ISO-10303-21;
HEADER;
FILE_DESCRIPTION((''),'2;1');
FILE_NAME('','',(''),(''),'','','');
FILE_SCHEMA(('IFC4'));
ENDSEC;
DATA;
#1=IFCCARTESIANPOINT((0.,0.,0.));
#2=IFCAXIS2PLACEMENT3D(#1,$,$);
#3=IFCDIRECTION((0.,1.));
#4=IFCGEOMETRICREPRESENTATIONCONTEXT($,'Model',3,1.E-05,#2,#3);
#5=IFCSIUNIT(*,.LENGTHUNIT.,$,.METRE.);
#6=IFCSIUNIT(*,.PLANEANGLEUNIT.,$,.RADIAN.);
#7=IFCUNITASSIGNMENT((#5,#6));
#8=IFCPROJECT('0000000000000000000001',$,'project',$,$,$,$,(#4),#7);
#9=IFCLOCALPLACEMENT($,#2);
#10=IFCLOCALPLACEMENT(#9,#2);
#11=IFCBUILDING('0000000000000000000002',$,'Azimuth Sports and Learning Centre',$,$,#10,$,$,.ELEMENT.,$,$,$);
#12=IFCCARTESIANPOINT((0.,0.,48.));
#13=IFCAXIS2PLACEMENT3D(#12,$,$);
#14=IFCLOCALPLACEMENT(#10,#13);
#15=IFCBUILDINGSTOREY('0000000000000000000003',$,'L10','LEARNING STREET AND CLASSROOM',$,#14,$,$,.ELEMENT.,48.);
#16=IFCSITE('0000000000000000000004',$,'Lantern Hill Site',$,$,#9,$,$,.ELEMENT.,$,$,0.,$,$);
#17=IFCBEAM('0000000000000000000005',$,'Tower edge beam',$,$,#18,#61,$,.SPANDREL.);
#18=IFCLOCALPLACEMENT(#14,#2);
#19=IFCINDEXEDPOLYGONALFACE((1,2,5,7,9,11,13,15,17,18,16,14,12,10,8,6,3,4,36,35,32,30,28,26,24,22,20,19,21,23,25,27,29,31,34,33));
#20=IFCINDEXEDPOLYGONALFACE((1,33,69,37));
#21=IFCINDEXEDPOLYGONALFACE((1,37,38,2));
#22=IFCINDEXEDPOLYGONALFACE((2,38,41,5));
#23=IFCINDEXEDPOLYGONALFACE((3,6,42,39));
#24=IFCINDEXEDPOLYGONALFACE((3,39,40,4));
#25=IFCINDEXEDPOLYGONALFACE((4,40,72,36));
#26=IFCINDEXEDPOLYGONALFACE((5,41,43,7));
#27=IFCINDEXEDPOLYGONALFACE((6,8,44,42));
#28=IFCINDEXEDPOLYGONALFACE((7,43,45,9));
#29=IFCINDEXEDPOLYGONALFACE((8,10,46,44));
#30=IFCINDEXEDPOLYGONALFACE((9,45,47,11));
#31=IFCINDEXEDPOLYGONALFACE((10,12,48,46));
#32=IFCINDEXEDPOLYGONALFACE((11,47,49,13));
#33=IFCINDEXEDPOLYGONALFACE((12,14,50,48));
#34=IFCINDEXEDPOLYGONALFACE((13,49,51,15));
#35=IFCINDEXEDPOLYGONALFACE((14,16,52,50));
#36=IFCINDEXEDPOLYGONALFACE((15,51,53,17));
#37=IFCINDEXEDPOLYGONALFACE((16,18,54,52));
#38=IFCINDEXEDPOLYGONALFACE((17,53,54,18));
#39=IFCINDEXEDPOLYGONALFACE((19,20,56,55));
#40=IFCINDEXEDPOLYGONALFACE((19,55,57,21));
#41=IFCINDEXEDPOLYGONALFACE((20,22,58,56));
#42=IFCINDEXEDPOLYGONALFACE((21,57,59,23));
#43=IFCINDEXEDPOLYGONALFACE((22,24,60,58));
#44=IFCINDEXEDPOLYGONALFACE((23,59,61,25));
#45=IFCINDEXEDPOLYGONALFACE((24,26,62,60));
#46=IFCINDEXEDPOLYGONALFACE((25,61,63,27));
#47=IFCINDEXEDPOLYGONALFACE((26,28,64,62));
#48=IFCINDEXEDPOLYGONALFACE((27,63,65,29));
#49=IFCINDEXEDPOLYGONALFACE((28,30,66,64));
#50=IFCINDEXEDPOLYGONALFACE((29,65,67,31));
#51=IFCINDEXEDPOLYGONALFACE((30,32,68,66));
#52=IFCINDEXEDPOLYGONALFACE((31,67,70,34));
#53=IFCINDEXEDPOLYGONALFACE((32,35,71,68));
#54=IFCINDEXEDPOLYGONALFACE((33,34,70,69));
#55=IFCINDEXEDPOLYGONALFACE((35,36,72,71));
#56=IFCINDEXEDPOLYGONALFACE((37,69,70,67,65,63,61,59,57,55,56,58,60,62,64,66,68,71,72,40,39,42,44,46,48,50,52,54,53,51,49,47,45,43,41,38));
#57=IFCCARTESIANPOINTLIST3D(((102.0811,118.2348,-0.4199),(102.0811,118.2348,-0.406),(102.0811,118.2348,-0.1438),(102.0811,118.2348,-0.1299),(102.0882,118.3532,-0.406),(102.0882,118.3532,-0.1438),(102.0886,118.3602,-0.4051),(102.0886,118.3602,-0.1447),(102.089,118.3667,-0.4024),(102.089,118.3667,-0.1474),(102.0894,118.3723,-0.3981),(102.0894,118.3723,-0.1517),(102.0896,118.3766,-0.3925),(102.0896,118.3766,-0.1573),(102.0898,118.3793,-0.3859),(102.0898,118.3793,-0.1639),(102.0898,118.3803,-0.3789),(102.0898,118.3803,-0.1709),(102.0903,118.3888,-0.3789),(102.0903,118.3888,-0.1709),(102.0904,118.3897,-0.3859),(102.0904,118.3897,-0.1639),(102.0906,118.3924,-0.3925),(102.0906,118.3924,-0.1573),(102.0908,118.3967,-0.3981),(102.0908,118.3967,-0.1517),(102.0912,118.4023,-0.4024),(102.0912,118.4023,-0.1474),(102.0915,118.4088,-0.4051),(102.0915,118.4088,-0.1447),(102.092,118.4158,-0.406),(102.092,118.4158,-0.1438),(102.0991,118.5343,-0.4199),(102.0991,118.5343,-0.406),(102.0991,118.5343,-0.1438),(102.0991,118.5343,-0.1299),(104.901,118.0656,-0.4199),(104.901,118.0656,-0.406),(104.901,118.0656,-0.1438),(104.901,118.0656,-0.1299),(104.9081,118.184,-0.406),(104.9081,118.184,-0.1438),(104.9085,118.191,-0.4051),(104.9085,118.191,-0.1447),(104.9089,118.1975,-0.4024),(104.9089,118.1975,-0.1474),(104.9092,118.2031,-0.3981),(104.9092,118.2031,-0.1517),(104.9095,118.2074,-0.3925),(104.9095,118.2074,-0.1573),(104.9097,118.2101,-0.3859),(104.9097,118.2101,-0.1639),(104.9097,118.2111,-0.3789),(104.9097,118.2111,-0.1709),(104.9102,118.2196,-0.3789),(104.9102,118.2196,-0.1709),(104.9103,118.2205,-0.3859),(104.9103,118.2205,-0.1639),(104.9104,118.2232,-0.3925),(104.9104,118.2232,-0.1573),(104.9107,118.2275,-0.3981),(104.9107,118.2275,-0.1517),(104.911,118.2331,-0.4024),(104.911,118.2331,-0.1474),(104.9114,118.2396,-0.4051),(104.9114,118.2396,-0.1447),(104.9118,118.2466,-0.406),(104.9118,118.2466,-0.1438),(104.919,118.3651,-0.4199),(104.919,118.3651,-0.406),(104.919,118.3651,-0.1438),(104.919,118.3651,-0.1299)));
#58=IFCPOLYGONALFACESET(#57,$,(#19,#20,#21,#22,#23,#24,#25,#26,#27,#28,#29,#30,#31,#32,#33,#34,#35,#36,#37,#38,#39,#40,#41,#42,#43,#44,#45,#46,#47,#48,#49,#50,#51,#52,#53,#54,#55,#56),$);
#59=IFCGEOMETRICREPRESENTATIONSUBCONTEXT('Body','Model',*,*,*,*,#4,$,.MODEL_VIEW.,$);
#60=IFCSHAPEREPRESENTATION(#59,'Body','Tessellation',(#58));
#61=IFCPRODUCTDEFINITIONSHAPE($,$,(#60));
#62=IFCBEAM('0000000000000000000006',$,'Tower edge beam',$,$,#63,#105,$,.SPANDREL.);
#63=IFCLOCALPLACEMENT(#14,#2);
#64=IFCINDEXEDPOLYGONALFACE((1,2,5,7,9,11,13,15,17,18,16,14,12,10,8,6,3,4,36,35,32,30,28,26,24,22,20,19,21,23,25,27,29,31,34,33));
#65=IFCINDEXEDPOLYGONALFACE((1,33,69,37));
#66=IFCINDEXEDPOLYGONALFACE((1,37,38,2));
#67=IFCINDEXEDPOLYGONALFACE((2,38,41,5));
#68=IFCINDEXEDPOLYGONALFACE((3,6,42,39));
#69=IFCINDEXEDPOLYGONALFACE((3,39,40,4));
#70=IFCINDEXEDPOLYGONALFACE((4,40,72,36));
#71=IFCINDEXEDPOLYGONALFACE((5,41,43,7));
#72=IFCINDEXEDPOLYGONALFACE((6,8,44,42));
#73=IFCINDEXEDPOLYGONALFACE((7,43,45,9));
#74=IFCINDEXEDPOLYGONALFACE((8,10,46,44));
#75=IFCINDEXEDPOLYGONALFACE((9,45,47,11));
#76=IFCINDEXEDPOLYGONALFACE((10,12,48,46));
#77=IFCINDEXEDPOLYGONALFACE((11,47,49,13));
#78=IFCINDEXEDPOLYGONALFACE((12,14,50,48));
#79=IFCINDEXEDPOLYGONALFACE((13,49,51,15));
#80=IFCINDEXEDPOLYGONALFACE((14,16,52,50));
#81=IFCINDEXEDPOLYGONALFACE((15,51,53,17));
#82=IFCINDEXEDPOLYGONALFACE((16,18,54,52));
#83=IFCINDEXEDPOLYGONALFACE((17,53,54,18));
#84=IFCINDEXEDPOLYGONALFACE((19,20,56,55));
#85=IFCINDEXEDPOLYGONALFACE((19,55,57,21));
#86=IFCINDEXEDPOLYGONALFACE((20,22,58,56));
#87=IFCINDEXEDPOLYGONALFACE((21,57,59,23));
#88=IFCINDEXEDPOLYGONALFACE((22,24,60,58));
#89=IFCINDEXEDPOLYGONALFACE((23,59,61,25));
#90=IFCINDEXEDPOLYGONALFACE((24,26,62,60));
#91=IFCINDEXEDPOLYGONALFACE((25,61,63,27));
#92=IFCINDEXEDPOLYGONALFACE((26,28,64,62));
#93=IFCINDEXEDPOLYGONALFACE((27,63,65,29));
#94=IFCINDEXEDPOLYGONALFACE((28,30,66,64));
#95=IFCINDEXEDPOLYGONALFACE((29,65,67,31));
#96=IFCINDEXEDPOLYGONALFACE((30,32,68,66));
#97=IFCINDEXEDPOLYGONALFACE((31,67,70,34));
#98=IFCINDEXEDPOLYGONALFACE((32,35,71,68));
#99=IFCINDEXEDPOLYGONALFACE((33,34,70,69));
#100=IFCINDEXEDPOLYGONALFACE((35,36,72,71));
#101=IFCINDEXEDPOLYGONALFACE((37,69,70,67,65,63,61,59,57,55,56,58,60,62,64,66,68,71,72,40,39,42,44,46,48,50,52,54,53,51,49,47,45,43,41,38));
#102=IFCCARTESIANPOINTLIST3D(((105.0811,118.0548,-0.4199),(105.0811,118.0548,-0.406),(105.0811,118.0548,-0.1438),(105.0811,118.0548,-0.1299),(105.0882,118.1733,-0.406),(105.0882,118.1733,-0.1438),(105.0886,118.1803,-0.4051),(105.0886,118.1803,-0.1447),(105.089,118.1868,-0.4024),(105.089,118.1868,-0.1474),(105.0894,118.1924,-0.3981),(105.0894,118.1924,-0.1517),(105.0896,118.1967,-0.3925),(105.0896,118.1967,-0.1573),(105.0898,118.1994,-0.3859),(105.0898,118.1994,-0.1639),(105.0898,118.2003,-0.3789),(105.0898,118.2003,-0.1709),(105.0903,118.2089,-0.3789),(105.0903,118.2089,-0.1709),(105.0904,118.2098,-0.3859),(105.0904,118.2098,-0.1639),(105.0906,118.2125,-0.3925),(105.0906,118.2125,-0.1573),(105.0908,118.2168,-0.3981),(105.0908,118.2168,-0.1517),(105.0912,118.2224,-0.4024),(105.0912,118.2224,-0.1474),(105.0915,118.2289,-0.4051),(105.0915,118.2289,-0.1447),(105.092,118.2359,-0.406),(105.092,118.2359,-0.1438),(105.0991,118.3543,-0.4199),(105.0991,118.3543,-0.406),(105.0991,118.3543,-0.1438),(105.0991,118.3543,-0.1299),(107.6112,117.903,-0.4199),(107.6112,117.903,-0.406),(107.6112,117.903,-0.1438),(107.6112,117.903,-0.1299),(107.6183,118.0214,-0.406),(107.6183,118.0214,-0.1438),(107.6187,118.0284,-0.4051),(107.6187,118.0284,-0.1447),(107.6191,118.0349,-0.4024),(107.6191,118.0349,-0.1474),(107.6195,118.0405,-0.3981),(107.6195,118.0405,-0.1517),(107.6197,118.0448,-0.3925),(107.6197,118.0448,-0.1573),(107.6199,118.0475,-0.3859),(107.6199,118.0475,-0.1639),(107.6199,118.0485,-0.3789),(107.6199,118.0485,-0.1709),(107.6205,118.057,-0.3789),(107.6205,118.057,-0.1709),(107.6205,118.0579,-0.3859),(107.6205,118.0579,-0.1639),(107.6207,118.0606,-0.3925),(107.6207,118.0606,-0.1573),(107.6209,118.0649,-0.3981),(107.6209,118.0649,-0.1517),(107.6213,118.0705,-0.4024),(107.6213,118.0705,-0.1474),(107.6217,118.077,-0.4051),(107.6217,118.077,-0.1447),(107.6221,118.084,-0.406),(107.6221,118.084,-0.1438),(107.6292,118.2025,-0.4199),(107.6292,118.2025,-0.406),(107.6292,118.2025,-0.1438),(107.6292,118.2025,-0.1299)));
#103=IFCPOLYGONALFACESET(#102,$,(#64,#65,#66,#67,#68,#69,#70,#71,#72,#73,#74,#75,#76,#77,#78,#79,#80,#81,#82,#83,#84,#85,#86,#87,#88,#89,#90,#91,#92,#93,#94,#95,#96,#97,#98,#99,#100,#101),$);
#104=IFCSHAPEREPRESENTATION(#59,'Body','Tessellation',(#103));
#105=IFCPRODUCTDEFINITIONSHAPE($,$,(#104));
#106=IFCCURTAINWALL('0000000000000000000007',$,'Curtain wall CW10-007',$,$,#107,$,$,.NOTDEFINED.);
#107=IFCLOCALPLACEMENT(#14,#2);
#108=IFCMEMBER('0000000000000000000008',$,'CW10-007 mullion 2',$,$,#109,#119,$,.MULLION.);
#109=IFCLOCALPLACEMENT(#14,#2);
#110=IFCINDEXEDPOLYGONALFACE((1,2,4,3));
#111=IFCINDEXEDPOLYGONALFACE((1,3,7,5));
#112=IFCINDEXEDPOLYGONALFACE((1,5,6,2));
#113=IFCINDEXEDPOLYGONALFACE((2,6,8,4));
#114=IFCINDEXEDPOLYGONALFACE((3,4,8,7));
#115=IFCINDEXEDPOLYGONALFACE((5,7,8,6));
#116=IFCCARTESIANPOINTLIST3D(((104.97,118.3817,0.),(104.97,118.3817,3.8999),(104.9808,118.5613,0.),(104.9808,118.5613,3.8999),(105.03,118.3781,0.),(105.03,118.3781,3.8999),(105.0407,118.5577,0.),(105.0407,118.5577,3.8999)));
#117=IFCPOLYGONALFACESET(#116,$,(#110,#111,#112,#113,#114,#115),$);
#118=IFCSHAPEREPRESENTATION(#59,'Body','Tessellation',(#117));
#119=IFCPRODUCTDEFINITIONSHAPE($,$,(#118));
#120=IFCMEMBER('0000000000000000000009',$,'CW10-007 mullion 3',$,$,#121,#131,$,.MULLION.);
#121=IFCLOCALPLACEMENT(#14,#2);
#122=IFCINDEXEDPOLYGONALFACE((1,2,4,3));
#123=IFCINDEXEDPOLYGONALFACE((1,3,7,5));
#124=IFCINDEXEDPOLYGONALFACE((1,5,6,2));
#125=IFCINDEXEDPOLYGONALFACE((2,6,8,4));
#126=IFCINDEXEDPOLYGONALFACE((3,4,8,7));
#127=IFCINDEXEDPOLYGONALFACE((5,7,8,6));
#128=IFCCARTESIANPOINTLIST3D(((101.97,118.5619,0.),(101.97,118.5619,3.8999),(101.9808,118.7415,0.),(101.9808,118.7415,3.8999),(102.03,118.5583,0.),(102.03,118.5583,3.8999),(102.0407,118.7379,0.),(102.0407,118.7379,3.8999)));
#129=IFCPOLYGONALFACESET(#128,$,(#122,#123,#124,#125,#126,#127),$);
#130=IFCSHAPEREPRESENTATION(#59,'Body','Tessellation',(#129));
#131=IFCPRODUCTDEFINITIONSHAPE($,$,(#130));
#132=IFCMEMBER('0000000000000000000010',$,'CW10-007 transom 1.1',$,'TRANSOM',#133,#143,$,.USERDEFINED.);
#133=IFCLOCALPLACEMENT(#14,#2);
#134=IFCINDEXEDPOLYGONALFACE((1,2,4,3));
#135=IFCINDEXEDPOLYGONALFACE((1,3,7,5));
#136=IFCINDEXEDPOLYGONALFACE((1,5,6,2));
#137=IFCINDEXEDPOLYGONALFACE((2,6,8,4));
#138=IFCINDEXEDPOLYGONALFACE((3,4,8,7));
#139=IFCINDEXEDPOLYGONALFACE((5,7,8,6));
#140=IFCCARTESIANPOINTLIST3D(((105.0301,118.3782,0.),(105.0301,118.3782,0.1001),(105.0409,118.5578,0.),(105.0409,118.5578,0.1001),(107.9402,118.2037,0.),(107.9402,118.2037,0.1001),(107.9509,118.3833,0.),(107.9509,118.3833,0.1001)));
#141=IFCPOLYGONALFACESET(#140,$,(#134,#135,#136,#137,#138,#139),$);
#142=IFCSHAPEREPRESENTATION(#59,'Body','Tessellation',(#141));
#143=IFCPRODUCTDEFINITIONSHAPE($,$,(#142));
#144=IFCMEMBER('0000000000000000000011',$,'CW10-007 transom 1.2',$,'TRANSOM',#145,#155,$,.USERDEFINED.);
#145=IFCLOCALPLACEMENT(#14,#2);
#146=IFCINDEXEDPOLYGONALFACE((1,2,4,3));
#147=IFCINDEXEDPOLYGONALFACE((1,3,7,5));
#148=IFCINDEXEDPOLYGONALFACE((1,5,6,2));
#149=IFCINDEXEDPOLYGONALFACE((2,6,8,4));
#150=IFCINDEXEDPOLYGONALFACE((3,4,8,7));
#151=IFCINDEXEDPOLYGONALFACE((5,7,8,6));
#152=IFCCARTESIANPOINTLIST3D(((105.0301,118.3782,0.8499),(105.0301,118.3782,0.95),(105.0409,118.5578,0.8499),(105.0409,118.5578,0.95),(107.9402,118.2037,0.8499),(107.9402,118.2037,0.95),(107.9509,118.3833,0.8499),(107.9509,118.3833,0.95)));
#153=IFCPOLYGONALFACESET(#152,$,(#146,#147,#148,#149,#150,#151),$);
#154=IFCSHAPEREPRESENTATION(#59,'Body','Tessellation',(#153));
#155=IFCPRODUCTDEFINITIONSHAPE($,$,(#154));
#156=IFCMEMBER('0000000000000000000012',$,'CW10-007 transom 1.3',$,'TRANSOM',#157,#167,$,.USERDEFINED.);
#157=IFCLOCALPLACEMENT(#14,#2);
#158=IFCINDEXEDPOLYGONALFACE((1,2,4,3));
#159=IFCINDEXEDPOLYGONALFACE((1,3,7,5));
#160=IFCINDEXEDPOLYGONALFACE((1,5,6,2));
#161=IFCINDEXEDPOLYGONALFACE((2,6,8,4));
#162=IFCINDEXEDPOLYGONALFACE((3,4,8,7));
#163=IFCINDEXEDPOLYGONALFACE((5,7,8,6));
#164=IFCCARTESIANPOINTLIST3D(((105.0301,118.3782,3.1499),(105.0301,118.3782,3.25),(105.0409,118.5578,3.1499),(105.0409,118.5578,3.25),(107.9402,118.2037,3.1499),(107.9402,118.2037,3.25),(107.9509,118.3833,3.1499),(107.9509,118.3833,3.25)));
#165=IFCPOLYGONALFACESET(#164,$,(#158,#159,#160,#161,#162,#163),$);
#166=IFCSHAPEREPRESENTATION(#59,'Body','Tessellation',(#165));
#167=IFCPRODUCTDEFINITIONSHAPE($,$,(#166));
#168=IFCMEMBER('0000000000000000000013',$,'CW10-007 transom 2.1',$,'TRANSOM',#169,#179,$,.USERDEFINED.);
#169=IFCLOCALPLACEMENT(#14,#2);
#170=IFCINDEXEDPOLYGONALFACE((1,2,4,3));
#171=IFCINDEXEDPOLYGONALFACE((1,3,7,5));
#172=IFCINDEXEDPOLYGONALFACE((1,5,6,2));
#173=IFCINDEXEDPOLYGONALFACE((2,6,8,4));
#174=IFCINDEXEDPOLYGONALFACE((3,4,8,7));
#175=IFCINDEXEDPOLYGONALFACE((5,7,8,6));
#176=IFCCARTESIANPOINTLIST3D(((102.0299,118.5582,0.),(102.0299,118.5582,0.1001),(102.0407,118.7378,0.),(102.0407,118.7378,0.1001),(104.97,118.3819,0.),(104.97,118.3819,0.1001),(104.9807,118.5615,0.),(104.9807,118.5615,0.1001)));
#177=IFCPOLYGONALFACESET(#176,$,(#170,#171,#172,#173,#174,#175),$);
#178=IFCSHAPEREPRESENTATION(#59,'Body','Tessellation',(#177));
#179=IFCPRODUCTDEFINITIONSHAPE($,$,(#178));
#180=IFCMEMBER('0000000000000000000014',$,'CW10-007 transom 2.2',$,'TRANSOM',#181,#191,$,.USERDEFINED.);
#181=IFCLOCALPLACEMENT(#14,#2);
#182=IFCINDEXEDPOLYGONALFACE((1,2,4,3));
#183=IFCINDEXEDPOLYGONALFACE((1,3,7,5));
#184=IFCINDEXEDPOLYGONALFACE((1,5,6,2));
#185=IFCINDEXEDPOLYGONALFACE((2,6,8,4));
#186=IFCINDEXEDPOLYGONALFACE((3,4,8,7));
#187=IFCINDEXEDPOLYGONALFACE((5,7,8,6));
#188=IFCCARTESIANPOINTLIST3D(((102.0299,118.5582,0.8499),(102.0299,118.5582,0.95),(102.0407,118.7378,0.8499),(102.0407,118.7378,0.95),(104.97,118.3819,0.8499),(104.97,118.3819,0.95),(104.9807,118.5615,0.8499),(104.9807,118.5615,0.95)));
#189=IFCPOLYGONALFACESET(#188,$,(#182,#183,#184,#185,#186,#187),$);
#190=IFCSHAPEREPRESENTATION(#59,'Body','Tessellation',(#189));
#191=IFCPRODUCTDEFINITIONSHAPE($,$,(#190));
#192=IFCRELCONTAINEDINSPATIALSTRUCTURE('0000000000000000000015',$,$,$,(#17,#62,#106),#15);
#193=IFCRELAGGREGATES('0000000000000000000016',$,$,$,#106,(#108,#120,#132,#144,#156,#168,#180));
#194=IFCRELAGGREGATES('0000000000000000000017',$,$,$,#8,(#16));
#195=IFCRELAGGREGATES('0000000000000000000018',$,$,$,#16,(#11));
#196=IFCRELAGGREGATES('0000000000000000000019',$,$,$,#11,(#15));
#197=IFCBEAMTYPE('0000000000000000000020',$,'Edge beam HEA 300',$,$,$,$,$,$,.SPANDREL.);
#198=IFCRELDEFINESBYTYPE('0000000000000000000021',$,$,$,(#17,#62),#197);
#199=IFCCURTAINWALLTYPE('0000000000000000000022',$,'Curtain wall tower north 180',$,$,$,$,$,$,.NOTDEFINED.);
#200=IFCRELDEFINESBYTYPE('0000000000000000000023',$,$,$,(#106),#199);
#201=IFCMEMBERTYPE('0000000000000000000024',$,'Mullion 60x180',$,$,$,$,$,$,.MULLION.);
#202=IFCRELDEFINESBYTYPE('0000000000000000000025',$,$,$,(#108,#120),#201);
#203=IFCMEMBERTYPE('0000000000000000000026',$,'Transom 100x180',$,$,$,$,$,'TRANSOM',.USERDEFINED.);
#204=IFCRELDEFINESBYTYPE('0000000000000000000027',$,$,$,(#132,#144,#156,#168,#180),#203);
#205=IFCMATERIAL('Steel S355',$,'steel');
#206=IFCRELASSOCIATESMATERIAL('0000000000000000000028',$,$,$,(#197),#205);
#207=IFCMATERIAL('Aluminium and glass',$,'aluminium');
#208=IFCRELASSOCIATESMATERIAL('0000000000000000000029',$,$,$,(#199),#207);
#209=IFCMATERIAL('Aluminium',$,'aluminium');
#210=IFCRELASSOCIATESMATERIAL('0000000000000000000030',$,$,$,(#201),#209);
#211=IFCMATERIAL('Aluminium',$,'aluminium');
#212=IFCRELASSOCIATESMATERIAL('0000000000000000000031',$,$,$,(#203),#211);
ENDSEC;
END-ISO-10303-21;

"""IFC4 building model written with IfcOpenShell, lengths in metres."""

from ifc_helpers import new_model, si_unit, direction, frame, origin, origin_2d, place, context, subcontext, project, spatial, rectangle, i_section, extrude, material, material_profile, profile_set, type_object, element, aggregate, save


model = new_model("IFC4")

# Units and contexts
model_context = context("Model", 3, precision=1e-05, world=origin(), true_north=direction((0.0, 1.0)))
body_context = subcontext(model_context, "Body", "Model", "MODEL_VIEW")
ifc_project = project(units=[si_unit("LENGTHUNIT", "METRE"), si_unit("PLANEANGLEUNIT", "RADIAN")], contexts=[model_context])

# Site, building, storey
site_placement = place(None, origin())
site = spatial("IfcSite", under=ifc_project, at=site_placement, Name="Lantern Hill Site", CompositionType="ELEMENT", RefElevation=0.0)
building_placement = place(site_placement, origin())
building = spatial("IfcBuilding", under=site, at=building_placement, Name="Azimuth Sports and Learning Centre", CompositionType="ELEMENT")
storey_placement = place(building_placement, frame((0.0, 0.0, 48.0)))
storey = spatial("IfcBuildingStorey", under=building, at=storey_placement, Name="L10", Description="LEARNING STREET AND CLASSROOM", CompositionType="ELEMENT", Elevation=48.0)

# Beams
ifc_material_1 = material(Name="Steel S355", Category="steel")
ifc_material_profile_1 = material_profile(ifc_material_1, i_section(OverallWidth=0.3, OverallDepth=0.29, WebThickness=0.0085, FlangeThickness=0.0139, FilletRadius=0.0271, at=origin_2d()), Name="HEA 300")
ifc_profile_set_1 = profile_set([ifc_material_profile_1], Name="Steel S355")
beam_type = type_object("IfcBeamType", Name="Edge beam HEA 300", PredefinedType="SPANDREL", material=ifc_profile_set_1)
beam_1_placement = place(storey_placement, frame((102.0901, 118.3845, -0.2749), z_axis=(0.998205, -0.059892, 0.0), x_axis=(0.059892, 0.998205, 0.0)))
element("IfcBeam", 1, at=beam_1_placement, inside=storey, type_object=beam_type, Name="Tower edge beam", PredefinedType="SPANDREL", context=body_context, shape_type="SweptSolid", body=[
    extrude(i_section(OverallWidth=0.3, OverallDepth=0.29, WebThickness=0.0085, FlangeThickness=0.0139, FilletRadius=0.0271, at=origin_2d()), origin(), (0.0, 0.0, 1.0), 2.825),
])
beam_2_placement = place(storey_placement, frame((105.0901, 118.2046, -0.2749), z_axis=(0.998204, -0.059913, 0.0), x_axis=(0.059913, 0.998204, 0.0)))
element("IfcBeam", 2, at=beam_2_placement, inside=storey, type_object=beam_type, Name="Tower edge beam", PredefinedType="SPANDREL", context=body_context, shape_type="SweptSolid", body=[
    extrude(i_section(OverallWidth=0.3, OverallDepth=0.29, WebThickness=0.0085, FlangeThickness=0.0139, FilletRadius=0.0271, at=origin_2d()), origin(), (0.0, 0.0, 1.0), 2.5347),
])

# Curtain wall, members
ifc_material_2 = material(Name="Aluminium and glass", Category="aluminium")
curtain_wall_type = type_object("IfcCurtainWallType", Name="Curtain wall tower north 180", PredefinedType="NOTDEFINED", material=ifc_material_2)
curtain_wall_placement = place(storey_placement, origin())
curtain_wall = element("IfcCurtainWall", 3, at=curtain_wall_placement, inside=storey, type_object=curtain_wall_type, Name="Curtain wall CW10-007", PredefinedType="NOTDEFINED")
ifc_material_3 = material(Name="Aluminium", Category="aluminium")
ifc_material_profile_2 = material_profile(ifc_material_3, rectangle(XDim=0.1799, YDim=0.0601, at=origin_2d()), Name="Mullion 60x180")
ifc_profile_set_2 = profile_set([ifc_material_profile_2], Name="Aluminium")
member_type_1 = type_object("IfcMemberType", Name="Mullion 60x180", PredefinedType="MULLION", material=ifc_profile_set_2)
member_1_placement = place(storey_placement, frame((105.0054, 118.4697, 0.0), z_axis=(0.0, 0.0, 1.0), x_axis=(-0.059892, -0.998205, 0.0)))
member_1 = element("IfcMember", 4, at=member_1_placement, type_object=member_type_1, Name="CW10-007 mullion 2", PredefinedType="MULLION", context=body_context, shape_type="SweptSolid", body=[
    extrude(rectangle(XDim=0.1799, YDim=0.0601, at=origin_2d()), origin(), (0.0, 0.0, 1.0), 3.8999),
])
member_2_placement = place(storey_placement, frame((102.0054, 118.6499, 0.0), z_axis=(0.0, 0.0, 1.0), x_axis=(-0.059892, -0.998205, 0.0)))
member_2 = element("IfcMember", 5, at=member_2_placement, type_object=member_type_1, Name="CW10-007 mullion 3", PredefinedType="MULLION", context=body_context, shape_type="SweptSolid", body=[
    extrude(rectangle(XDim=0.1799, YDim=0.0601, at=origin_2d()), origin(), (0.0, 0.0, 1.0), 3.8999),
])
ifc_material_4 = material(Name="Aluminium", Category="aluminium")
ifc_material_profile_3 = material_profile(ifc_material_4, rectangle(XDim=0.1799, YDim=0.1001, at=origin_2d()), Name="Transom 100x180")
ifc_profile_set_3 = profile_set([ifc_material_profile_3], Name="Aluminium")
member_type_2 = type_object("IfcMemberType", Name="Transom 100x180", ElementType="TRANSOM", PredefinedType="USERDEFINED", material=ifc_profile_set_3)
member_3_placement = place(storey_placement, frame((107.9456, 118.2935, 0.05), z_axis=(-0.998206, 0.059876, 0.0), x_axis=(-0.059876, -0.998206, 0.0)))
member_3 = element("IfcMember", 6, at=member_3_placement, type_object=member_type_2, Name="CW10-007 transom 1.1", ObjectType="TRANSOM", PredefinedType="USERDEFINED", context=body_context, shape_type="SweptSolid", body=[
    extrude(rectangle(XDim=0.1799, YDim=0.1001, at=origin_2d()), origin(), (0.0, 0.0, 1.0), 2.9153),
])
member_4_placement = place(storey_placement, frame((107.9456, 118.2935, 0.8999), z_axis=(-0.998206, 0.059876, 0.0), x_axis=(-0.059876, -0.998206, 0.0)))
member_4 = element("IfcMember", 7, at=member_4_placement, type_object=member_type_2, Name="CW10-007 transom 1.2", ObjectType="TRANSOM", PredefinedType="USERDEFINED", context=body_context, shape_type="SweptSolid", body=[
    extrude(rectangle(XDim=0.1799, YDim=0.1001, at=origin_2d()), origin(), (0.0, 0.0, 1.0), 2.9153),
])
member_5_placement = place(storey_placement, frame((107.9456, 118.2935, 3.2), z_axis=(-0.998206, 0.059876, 0.0), x_axis=(-0.059876, -0.998206, 0.0)))
member_5 = element("IfcMember", 8, at=member_5_placement, type_object=member_type_2, Name="CW10-007 transom 1.3", ObjectType="TRANSOM", PredefinedType="USERDEFINED", context=body_context, shape_type="SweptSolid", body=[
    extrude(rectangle(XDim=0.1799, YDim=0.1001, at=origin_2d()), origin(), (0.0, 0.0, 1.0), 2.9153),
])
member_6_placement = place(storey_placement, frame((104.9753, 118.4717, 0.05), z_axis=(-0.998207, 0.059849, 0.0), x_axis=(-0.059849, -0.998207, 0.0)))
member_6 = element("IfcMember", 9, at=member_6_placement, type_object=member_type_2, Name="CW10-007 transom 2.1", ObjectType="TRANSOM", PredefinedType="USERDEFINED", context=body_context, shape_type="SweptSolid", body=[
    extrude(rectangle(XDim=0.1799, YDim=0.1001, at=origin_2d()), origin(), (0.0, 0.0, 1.0), 2.9453),
])
member_7_placement = place(storey_placement, frame((104.9753, 118.4717, 0.8999), z_axis=(-0.998207, 0.059849, 0.0), x_axis=(-0.059849, -0.998207, 0.0)))
member_7 = element("IfcMember", 10, at=member_7_placement, type_object=member_type_2, Name="CW10-007 transom 2.2", ObjectType="TRANSOM", PredefinedType="USERDEFINED", context=body_context, shape_type="SweptSolid", body=[
    extrude(rectangle(XDim=0.1799, YDim=0.1001, at=origin_2d()), origin(), (0.0, 0.0, 1.0), 2.9453),
])
aggregate(curtain_wall, [member_1, member_2, member_3, member_4, member_5, member_6, member_7])

save(model, "model.ifc")
